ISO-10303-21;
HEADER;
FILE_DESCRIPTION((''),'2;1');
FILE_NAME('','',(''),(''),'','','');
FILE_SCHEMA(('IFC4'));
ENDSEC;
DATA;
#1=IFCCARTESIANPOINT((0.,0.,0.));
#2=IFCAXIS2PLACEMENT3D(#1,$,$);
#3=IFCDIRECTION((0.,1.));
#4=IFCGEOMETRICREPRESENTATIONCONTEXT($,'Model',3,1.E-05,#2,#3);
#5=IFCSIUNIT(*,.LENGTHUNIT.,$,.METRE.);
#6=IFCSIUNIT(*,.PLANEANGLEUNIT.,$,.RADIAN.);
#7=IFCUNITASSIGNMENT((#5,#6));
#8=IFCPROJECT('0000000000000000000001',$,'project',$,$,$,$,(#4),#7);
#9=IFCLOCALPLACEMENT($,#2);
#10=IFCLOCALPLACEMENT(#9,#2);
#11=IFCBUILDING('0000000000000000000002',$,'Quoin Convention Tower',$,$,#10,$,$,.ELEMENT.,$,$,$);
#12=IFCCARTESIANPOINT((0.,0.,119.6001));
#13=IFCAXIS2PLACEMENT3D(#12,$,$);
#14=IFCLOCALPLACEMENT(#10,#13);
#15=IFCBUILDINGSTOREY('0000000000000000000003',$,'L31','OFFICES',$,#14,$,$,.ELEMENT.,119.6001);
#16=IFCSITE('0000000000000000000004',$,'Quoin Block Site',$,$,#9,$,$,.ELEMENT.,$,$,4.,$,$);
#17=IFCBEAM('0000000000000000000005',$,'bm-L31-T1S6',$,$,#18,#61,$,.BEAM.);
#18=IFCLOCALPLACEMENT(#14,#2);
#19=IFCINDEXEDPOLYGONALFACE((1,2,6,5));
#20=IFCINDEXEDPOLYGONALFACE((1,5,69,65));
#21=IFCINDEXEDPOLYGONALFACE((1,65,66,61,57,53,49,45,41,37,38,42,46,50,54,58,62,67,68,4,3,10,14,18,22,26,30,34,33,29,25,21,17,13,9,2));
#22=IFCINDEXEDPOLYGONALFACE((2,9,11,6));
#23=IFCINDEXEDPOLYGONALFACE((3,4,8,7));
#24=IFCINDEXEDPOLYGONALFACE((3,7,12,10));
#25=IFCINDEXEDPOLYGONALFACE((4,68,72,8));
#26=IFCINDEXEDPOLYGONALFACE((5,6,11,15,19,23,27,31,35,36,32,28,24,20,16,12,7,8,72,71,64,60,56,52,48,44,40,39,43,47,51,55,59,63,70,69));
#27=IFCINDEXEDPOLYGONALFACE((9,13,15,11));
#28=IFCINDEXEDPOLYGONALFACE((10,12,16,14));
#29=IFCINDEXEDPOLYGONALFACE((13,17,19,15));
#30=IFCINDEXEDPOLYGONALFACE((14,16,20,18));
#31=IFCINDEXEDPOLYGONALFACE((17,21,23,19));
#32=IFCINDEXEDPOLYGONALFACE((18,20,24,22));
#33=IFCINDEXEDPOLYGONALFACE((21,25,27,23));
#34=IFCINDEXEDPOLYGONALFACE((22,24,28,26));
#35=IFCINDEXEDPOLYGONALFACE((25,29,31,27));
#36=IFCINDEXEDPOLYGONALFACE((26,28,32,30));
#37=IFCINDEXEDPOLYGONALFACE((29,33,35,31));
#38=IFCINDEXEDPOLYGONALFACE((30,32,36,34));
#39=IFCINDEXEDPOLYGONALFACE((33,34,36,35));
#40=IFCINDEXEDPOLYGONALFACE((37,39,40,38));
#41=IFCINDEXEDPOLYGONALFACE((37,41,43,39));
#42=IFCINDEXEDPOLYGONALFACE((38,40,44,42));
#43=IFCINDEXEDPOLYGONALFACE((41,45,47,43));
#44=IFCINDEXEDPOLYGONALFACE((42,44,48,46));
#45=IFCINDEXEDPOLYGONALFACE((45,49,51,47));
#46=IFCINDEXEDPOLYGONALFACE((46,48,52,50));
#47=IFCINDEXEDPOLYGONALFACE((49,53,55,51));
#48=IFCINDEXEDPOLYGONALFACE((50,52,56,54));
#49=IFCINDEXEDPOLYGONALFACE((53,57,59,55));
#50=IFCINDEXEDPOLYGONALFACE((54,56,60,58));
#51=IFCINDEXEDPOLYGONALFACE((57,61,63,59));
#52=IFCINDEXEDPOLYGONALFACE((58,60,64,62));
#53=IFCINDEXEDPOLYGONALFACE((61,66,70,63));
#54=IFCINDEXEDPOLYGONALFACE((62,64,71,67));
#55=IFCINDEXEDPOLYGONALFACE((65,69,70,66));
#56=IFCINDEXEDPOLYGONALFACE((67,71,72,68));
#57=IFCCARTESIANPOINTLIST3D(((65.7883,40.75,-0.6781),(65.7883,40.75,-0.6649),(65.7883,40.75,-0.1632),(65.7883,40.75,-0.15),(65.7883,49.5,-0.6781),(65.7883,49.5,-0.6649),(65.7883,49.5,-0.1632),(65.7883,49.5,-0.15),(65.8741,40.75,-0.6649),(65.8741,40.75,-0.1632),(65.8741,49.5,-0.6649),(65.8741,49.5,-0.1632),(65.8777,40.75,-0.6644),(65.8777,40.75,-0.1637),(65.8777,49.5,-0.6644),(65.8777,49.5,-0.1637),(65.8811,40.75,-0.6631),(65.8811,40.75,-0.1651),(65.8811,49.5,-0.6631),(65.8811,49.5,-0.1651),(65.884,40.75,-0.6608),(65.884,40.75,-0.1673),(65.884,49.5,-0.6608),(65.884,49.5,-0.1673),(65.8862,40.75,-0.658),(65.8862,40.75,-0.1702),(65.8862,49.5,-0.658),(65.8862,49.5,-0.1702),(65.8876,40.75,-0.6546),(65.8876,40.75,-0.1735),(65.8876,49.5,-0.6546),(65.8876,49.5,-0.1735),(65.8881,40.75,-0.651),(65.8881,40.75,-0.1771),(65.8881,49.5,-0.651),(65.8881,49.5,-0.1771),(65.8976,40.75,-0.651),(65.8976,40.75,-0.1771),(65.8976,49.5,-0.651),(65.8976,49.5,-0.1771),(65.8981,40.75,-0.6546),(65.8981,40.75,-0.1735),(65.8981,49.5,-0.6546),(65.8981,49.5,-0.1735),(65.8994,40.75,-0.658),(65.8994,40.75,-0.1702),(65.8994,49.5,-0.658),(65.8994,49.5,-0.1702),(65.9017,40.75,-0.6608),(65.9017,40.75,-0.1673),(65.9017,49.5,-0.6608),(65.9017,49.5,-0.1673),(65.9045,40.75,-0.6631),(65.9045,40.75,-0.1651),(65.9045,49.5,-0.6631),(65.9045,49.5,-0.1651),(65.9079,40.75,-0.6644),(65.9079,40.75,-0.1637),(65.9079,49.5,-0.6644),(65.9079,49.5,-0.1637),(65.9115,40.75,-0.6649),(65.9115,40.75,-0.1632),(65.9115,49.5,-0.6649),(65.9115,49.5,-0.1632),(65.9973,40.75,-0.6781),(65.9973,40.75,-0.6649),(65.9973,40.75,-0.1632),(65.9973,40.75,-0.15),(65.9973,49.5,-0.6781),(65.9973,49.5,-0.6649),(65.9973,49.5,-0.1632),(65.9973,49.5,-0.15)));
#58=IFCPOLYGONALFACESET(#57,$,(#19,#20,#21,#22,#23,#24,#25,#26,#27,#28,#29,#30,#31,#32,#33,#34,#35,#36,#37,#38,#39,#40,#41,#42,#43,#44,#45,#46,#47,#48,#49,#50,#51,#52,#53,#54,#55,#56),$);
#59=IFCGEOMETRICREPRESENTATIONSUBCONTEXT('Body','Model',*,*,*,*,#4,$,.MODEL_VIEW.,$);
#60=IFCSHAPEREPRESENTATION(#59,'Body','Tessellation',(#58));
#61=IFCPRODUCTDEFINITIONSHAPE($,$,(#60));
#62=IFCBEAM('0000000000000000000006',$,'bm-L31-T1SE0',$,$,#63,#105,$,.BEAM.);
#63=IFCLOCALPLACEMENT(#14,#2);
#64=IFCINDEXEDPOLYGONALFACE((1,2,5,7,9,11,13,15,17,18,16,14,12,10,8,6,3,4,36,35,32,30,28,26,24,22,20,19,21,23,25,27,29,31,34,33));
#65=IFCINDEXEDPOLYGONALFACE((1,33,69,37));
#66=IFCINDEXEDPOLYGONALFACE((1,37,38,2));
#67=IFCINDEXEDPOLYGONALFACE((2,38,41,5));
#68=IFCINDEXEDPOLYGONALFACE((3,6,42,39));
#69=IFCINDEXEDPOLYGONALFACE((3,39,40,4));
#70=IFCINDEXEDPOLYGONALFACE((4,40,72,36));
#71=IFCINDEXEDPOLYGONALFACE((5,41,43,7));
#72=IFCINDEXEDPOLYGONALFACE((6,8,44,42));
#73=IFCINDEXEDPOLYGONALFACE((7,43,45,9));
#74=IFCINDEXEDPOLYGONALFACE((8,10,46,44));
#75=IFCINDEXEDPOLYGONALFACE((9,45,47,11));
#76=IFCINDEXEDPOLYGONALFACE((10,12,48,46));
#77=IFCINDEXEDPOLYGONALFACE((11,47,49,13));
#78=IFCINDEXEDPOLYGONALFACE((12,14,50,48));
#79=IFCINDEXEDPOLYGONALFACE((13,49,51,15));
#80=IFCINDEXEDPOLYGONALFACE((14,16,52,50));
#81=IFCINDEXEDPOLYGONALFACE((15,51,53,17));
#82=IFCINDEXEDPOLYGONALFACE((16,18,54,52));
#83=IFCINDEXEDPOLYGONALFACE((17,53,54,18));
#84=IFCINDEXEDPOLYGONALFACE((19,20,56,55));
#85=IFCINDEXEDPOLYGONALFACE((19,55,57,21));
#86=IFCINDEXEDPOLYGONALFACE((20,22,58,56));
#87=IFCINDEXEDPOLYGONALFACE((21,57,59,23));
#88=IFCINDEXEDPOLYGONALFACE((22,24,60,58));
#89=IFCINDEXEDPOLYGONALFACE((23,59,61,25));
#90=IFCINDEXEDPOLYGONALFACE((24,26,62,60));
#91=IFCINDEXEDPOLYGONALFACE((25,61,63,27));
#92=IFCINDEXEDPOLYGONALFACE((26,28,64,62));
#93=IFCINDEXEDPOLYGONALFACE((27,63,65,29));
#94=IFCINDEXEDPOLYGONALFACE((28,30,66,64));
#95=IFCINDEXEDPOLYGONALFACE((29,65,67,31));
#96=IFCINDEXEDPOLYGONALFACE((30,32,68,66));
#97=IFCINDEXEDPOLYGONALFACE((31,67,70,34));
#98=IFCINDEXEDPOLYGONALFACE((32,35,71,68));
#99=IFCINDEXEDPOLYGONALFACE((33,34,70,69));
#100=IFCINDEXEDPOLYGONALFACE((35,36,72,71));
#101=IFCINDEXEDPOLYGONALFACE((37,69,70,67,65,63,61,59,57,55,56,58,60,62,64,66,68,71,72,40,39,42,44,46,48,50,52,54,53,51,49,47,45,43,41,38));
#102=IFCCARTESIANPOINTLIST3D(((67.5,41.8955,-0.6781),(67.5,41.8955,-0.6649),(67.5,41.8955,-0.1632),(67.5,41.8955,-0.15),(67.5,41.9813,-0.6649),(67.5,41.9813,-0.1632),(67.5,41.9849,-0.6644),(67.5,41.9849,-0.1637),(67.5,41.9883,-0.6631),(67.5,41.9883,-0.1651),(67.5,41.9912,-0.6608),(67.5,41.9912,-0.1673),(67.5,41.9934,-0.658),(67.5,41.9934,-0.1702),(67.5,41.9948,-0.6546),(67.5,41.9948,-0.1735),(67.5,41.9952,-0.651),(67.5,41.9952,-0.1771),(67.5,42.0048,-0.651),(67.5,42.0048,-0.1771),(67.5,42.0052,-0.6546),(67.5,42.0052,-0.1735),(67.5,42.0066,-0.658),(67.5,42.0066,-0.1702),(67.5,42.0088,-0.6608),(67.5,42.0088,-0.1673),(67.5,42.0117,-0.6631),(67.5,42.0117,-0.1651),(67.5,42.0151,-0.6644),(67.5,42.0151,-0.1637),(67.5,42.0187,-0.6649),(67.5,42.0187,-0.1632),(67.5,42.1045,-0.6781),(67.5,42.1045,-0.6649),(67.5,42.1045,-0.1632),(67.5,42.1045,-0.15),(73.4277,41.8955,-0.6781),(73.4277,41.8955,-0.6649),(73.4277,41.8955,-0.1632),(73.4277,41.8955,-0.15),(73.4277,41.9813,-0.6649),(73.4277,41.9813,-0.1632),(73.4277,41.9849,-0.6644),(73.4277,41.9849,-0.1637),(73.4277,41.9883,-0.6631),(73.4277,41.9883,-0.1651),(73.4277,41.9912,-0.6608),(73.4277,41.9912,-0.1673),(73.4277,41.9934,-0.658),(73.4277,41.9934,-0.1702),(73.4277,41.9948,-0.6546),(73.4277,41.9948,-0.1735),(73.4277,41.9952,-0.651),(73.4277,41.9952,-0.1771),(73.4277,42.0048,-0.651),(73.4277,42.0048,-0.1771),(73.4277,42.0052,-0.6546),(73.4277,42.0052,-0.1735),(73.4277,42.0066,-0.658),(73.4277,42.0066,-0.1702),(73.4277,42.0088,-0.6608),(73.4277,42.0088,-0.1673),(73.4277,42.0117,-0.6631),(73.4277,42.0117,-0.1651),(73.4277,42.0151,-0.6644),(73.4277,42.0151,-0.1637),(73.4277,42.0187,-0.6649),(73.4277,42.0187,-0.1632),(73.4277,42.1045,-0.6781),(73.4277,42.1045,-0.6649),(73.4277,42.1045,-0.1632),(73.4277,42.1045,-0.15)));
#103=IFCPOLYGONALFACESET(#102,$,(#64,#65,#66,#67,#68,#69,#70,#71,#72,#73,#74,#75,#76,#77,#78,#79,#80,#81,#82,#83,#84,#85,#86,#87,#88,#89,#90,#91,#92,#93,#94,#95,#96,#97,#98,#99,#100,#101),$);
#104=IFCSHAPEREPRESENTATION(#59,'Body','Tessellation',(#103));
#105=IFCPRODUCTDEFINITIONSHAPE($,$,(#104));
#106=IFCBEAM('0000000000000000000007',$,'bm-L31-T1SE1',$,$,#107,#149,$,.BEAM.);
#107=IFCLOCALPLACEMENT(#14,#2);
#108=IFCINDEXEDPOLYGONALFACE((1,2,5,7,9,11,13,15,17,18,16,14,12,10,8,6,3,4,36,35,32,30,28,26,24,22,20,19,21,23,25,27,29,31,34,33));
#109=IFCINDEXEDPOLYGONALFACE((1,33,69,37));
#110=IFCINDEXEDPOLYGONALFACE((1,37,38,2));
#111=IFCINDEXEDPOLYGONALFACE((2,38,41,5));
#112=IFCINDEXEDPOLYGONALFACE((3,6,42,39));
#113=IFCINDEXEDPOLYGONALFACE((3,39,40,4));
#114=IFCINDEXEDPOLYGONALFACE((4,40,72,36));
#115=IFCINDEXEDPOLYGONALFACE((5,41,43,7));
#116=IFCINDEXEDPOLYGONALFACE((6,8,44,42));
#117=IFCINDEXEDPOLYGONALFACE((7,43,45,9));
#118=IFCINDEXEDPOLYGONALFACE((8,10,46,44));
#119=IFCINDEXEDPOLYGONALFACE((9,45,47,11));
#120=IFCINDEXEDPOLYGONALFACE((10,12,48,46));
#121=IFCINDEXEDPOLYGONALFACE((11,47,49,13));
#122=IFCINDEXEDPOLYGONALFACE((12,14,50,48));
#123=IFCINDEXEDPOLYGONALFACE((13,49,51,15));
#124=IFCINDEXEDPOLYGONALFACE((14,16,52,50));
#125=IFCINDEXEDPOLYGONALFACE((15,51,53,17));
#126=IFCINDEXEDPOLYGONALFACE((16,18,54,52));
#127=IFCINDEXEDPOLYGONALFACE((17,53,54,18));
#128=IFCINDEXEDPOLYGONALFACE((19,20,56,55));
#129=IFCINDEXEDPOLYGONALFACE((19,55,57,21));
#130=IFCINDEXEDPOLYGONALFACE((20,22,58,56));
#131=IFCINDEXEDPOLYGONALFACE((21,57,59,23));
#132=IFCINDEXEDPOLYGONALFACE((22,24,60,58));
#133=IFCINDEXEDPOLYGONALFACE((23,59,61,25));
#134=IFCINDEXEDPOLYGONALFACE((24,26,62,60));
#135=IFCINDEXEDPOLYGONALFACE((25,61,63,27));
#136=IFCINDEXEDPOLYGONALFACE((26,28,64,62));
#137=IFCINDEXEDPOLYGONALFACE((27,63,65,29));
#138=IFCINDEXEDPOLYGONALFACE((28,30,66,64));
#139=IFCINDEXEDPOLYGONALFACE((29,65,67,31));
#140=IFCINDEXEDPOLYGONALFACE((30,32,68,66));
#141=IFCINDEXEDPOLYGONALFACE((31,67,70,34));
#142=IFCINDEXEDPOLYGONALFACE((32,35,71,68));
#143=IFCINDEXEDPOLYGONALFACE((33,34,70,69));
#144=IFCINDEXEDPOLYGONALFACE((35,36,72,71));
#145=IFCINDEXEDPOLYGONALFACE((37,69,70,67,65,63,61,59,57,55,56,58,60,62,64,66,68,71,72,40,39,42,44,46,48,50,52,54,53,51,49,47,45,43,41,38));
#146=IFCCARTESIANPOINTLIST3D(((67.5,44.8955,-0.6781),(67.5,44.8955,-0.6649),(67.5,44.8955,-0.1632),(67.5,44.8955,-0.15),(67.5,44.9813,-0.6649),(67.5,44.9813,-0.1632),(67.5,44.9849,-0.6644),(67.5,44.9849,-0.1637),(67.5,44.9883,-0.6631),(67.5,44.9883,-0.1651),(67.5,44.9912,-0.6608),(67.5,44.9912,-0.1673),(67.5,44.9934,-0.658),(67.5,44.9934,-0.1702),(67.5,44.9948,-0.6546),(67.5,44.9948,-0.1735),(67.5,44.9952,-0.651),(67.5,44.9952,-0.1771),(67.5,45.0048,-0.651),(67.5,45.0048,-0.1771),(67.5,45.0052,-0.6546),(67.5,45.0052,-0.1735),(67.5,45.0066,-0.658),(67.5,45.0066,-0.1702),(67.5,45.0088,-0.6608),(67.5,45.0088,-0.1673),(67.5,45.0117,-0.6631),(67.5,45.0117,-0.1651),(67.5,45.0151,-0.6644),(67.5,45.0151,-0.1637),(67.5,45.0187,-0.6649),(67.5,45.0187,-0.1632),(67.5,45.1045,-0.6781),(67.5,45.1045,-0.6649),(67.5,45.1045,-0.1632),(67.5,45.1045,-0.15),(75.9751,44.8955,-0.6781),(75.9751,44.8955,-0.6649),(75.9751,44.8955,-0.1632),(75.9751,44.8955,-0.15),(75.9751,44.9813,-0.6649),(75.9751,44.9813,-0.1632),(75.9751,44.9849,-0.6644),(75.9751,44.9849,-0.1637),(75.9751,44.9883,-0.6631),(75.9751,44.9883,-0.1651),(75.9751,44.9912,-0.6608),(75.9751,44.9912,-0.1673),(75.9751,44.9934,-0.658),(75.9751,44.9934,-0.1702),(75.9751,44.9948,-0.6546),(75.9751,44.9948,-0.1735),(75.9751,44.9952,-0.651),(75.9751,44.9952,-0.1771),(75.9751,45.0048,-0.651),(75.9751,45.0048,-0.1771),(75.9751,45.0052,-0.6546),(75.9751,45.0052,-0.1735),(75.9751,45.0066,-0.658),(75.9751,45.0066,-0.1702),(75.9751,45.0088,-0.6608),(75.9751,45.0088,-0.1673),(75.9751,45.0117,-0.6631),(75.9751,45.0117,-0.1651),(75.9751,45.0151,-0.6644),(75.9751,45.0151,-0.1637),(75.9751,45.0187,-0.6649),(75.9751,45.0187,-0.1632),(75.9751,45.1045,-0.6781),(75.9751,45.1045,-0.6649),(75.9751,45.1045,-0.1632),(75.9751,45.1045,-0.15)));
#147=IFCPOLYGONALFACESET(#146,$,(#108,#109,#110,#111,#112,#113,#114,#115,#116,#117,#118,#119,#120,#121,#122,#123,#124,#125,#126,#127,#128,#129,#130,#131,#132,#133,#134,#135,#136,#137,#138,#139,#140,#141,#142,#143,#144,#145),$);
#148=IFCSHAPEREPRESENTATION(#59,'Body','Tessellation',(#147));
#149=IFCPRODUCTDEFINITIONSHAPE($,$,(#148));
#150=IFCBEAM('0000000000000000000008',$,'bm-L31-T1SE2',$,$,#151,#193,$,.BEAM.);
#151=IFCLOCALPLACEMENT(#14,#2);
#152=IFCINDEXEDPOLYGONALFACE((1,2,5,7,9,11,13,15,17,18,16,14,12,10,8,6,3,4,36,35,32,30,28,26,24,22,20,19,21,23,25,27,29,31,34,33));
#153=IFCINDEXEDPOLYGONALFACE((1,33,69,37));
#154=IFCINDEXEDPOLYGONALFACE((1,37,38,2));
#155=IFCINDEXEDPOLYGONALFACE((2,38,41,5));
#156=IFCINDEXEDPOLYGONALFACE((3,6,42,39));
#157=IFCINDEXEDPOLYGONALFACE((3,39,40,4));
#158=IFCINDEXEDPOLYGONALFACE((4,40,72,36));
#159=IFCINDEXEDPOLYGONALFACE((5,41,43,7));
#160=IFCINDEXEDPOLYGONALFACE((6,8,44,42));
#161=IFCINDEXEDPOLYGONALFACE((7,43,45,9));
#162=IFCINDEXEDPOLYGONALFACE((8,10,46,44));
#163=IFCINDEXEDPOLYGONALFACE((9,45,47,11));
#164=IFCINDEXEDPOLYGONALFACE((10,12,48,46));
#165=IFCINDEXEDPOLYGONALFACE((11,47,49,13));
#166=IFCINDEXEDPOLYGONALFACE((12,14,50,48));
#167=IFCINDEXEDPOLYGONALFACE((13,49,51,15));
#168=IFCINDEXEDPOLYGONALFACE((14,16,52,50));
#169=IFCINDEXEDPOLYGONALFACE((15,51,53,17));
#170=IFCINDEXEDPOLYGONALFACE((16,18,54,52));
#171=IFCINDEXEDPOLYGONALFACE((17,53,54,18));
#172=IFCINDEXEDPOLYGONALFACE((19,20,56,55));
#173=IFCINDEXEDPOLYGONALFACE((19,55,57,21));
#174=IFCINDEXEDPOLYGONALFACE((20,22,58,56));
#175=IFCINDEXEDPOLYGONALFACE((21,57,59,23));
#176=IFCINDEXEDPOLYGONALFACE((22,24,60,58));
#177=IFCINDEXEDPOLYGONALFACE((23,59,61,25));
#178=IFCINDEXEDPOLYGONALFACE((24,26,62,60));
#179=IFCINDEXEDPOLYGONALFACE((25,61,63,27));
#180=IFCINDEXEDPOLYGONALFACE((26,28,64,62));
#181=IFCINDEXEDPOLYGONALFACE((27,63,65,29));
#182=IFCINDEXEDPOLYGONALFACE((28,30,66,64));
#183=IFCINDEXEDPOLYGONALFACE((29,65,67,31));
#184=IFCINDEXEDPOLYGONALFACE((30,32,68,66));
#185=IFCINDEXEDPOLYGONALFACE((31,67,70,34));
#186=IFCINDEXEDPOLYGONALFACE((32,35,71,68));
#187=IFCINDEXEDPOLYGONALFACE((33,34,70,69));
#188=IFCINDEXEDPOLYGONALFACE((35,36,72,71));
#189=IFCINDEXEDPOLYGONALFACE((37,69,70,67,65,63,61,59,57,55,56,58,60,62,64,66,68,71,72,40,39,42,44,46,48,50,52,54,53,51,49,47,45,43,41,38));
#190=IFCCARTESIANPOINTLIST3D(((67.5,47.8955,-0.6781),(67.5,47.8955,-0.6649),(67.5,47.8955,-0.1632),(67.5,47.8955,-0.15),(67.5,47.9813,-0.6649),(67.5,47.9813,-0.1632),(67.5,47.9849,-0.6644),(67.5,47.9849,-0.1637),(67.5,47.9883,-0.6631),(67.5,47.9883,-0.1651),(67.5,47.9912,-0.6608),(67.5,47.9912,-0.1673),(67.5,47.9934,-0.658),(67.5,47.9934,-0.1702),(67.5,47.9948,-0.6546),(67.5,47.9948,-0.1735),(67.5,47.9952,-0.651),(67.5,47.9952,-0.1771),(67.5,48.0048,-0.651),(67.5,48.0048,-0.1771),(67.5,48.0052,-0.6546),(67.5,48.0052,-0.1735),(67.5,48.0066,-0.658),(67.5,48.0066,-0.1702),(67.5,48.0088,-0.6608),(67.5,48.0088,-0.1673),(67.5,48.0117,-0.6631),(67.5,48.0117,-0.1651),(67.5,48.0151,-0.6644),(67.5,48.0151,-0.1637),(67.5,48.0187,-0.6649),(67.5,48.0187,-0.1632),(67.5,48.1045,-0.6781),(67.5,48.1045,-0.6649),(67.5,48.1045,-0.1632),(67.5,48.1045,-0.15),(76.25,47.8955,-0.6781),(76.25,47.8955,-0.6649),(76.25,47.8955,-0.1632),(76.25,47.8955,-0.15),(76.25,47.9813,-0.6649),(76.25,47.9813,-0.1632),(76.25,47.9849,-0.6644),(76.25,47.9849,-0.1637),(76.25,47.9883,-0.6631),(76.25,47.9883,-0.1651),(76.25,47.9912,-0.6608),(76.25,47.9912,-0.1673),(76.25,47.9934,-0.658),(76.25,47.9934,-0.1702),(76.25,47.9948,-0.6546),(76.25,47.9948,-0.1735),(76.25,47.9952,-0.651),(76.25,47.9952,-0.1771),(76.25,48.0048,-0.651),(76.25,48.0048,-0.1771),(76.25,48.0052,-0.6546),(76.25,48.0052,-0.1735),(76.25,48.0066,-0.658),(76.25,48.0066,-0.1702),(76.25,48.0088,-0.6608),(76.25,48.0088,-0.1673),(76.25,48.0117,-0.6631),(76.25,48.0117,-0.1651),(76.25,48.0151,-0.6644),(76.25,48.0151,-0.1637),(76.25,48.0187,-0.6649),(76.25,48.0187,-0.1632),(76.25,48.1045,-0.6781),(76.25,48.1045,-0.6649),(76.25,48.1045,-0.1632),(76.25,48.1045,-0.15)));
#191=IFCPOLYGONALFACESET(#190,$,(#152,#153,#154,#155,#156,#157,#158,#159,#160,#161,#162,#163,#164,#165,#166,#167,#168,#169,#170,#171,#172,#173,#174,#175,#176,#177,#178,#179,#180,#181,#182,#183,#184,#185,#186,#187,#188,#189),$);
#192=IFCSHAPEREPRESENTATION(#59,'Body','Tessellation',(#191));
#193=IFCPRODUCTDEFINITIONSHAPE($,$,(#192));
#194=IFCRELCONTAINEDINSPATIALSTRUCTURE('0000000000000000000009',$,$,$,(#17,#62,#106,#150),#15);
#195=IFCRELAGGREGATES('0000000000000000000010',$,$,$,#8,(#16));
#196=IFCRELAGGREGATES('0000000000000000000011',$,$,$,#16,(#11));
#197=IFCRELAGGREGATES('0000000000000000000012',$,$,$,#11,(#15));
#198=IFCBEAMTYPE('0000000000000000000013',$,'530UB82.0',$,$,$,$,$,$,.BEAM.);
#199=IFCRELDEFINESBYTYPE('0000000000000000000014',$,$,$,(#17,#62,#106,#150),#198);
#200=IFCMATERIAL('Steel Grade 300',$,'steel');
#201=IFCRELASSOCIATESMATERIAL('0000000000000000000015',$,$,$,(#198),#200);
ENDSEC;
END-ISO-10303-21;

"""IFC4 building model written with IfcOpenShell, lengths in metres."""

from ifc_helpers import new_model, si_unit, direction, frame, origin, origin_2d, place, context, subcontext, project, spatial, i_section, extrude, material, material_profile, profile_set, type_object, element, save


model = new_model("IFC4")

# Units and contexts
model_context = context("Model", 3, precision=1e-05, world=origin(), true_north=direction((0.0, 1.0)))
body_context = subcontext(model_context, "Body", "Model", "MODEL_VIEW")
ifc_project = project(units=[si_unit("LENGTHUNIT", "METRE"), si_unit("PLANEANGLEUNIT", "RADIAN")], contexts=[model_context])

# Site, building, storey
site_placement = place(None, origin())
site = spatial("IfcSite", under=ifc_project, at=site_placement, Name="Quoin Block Site", CompositionType="ELEMENT", RefElevation=4.0)
building_placement = place(site_placement, origin())
building = spatial("IfcBuilding", under=site, at=building_placement, Name="Quoin Convention Tower", CompositionType="ELEMENT")
storey_placement = place(building_placement, frame((0.0, 0.0, 119.6001)))
storey = spatial("IfcBuildingStorey", under=building, at=storey_placement, Name="L31", Description="OFFICES", CompositionType="ELEMENT", Elevation=119.6001)

# Beams
ifc_material_1 = material(Name="Steel Grade 300", Category="steel")
ifc_material_profile_1 = material_profile(ifc_material_1, i_section(OverallWidth=0.209, OverallDepth=0.5281, WebThickness=0.0095, FlangeThickness=0.0132, FilletRadius=0.0139, at=origin_2d()), Name="530UB82.0")
ifc_profile_set_1 = profile_set([ifc_material_profile_1], Name="Steel Grade 300")
beam_type_1 = type_object("IfcBeamType", Name="530UB82.0", PredefinedType="BEAM", material=ifc_profile_set_1)
beam_1_placement = place(storey_placement, frame((65.8928, 40.75, -0.4141), z_axis=(0.0, 1.0, 0.0), x_axis=(-1.0, 0.0, 0.0)))
element("IfcBeam", 1, at=beam_1_placement, inside=storey, type_object=beam_type_1, Name="bm-L31-T1S6", PredefinedType="BEAM", context=body_context, shape_type="SweptSolid", body=[
    extrude(i_section(OverallWidth=0.209, OverallDepth=0.5281, WebThickness=0.0095, FlangeThickness=0.0132, FilletRadius=0.0139, at=origin_2d()), origin(), (0.0, 0.0, 1.0), 8.75),
])
beam_2_placement = place(storey_placement, frame((67.5, 42.0, -0.4141), z_axis=(1.0, 0.0, 0.0), x_axis=(0.0, 1.0, 0.0)))
element("IfcBeam", 2, at=beam_2_placement, inside=storey, type_object=beam_type_1, Name="bm-L31-T1SE0", PredefinedType="BEAM", context=body_context, shape_type="SweptSolid", body=[
    extrude(i_section(OverallWidth=0.209, OverallDepth=0.5281, WebThickness=0.0095, FlangeThickness=0.0132, FilletRadius=0.0139, at=origin_2d()), origin(), (0.0, 0.0, 1.0), 5.9277),
])
beam_3_placement = place(storey_placement, frame((67.5, 45.0, -0.4141), z_axis=(1.0, 0.0, 0.0), x_axis=(0.0, 1.0, 0.0)))
element("IfcBeam", 3, at=beam_3_placement, inside=storey, type_object=beam_type_1, Name="bm-L31-T1SE1", PredefinedType="BEAM", context=body_context, shape_type="SweptSolid", body=[
    extrude(i_section(OverallWidth=0.209, OverallDepth=0.5281, WebThickness=0.0095, FlangeThickness=0.0132, FilletRadius=0.0139, at=origin_2d()), origin(), (0.0, 0.0, 1.0), 8.4751),
])
beam_4_placement = place(storey_placement, frame((67.5, 48.0, -0.4141), z_axis=(1.0, 0.0, 0.0), x_axis=(0.0, 1.0, 0.0)))
element("IfcBeam", 4, at=beam_4_placement, inside=storey, type_object=beam_type_1, Name="bm-L31-T1SE2", PredefinedType="BEAM", context=body_context, shape_type="SweptSolid", body=[
    extrude(i_section(OverallWidth=0.209, OverallDepth=0.5281, WebThickness=0.0095, FlangeThickness=0.0132, FilletRadius=0.0139, at=origin_2d()), origin(), (0.0, 0.0, 1.0), 8.75),
])

save(model, "model.ifc")
